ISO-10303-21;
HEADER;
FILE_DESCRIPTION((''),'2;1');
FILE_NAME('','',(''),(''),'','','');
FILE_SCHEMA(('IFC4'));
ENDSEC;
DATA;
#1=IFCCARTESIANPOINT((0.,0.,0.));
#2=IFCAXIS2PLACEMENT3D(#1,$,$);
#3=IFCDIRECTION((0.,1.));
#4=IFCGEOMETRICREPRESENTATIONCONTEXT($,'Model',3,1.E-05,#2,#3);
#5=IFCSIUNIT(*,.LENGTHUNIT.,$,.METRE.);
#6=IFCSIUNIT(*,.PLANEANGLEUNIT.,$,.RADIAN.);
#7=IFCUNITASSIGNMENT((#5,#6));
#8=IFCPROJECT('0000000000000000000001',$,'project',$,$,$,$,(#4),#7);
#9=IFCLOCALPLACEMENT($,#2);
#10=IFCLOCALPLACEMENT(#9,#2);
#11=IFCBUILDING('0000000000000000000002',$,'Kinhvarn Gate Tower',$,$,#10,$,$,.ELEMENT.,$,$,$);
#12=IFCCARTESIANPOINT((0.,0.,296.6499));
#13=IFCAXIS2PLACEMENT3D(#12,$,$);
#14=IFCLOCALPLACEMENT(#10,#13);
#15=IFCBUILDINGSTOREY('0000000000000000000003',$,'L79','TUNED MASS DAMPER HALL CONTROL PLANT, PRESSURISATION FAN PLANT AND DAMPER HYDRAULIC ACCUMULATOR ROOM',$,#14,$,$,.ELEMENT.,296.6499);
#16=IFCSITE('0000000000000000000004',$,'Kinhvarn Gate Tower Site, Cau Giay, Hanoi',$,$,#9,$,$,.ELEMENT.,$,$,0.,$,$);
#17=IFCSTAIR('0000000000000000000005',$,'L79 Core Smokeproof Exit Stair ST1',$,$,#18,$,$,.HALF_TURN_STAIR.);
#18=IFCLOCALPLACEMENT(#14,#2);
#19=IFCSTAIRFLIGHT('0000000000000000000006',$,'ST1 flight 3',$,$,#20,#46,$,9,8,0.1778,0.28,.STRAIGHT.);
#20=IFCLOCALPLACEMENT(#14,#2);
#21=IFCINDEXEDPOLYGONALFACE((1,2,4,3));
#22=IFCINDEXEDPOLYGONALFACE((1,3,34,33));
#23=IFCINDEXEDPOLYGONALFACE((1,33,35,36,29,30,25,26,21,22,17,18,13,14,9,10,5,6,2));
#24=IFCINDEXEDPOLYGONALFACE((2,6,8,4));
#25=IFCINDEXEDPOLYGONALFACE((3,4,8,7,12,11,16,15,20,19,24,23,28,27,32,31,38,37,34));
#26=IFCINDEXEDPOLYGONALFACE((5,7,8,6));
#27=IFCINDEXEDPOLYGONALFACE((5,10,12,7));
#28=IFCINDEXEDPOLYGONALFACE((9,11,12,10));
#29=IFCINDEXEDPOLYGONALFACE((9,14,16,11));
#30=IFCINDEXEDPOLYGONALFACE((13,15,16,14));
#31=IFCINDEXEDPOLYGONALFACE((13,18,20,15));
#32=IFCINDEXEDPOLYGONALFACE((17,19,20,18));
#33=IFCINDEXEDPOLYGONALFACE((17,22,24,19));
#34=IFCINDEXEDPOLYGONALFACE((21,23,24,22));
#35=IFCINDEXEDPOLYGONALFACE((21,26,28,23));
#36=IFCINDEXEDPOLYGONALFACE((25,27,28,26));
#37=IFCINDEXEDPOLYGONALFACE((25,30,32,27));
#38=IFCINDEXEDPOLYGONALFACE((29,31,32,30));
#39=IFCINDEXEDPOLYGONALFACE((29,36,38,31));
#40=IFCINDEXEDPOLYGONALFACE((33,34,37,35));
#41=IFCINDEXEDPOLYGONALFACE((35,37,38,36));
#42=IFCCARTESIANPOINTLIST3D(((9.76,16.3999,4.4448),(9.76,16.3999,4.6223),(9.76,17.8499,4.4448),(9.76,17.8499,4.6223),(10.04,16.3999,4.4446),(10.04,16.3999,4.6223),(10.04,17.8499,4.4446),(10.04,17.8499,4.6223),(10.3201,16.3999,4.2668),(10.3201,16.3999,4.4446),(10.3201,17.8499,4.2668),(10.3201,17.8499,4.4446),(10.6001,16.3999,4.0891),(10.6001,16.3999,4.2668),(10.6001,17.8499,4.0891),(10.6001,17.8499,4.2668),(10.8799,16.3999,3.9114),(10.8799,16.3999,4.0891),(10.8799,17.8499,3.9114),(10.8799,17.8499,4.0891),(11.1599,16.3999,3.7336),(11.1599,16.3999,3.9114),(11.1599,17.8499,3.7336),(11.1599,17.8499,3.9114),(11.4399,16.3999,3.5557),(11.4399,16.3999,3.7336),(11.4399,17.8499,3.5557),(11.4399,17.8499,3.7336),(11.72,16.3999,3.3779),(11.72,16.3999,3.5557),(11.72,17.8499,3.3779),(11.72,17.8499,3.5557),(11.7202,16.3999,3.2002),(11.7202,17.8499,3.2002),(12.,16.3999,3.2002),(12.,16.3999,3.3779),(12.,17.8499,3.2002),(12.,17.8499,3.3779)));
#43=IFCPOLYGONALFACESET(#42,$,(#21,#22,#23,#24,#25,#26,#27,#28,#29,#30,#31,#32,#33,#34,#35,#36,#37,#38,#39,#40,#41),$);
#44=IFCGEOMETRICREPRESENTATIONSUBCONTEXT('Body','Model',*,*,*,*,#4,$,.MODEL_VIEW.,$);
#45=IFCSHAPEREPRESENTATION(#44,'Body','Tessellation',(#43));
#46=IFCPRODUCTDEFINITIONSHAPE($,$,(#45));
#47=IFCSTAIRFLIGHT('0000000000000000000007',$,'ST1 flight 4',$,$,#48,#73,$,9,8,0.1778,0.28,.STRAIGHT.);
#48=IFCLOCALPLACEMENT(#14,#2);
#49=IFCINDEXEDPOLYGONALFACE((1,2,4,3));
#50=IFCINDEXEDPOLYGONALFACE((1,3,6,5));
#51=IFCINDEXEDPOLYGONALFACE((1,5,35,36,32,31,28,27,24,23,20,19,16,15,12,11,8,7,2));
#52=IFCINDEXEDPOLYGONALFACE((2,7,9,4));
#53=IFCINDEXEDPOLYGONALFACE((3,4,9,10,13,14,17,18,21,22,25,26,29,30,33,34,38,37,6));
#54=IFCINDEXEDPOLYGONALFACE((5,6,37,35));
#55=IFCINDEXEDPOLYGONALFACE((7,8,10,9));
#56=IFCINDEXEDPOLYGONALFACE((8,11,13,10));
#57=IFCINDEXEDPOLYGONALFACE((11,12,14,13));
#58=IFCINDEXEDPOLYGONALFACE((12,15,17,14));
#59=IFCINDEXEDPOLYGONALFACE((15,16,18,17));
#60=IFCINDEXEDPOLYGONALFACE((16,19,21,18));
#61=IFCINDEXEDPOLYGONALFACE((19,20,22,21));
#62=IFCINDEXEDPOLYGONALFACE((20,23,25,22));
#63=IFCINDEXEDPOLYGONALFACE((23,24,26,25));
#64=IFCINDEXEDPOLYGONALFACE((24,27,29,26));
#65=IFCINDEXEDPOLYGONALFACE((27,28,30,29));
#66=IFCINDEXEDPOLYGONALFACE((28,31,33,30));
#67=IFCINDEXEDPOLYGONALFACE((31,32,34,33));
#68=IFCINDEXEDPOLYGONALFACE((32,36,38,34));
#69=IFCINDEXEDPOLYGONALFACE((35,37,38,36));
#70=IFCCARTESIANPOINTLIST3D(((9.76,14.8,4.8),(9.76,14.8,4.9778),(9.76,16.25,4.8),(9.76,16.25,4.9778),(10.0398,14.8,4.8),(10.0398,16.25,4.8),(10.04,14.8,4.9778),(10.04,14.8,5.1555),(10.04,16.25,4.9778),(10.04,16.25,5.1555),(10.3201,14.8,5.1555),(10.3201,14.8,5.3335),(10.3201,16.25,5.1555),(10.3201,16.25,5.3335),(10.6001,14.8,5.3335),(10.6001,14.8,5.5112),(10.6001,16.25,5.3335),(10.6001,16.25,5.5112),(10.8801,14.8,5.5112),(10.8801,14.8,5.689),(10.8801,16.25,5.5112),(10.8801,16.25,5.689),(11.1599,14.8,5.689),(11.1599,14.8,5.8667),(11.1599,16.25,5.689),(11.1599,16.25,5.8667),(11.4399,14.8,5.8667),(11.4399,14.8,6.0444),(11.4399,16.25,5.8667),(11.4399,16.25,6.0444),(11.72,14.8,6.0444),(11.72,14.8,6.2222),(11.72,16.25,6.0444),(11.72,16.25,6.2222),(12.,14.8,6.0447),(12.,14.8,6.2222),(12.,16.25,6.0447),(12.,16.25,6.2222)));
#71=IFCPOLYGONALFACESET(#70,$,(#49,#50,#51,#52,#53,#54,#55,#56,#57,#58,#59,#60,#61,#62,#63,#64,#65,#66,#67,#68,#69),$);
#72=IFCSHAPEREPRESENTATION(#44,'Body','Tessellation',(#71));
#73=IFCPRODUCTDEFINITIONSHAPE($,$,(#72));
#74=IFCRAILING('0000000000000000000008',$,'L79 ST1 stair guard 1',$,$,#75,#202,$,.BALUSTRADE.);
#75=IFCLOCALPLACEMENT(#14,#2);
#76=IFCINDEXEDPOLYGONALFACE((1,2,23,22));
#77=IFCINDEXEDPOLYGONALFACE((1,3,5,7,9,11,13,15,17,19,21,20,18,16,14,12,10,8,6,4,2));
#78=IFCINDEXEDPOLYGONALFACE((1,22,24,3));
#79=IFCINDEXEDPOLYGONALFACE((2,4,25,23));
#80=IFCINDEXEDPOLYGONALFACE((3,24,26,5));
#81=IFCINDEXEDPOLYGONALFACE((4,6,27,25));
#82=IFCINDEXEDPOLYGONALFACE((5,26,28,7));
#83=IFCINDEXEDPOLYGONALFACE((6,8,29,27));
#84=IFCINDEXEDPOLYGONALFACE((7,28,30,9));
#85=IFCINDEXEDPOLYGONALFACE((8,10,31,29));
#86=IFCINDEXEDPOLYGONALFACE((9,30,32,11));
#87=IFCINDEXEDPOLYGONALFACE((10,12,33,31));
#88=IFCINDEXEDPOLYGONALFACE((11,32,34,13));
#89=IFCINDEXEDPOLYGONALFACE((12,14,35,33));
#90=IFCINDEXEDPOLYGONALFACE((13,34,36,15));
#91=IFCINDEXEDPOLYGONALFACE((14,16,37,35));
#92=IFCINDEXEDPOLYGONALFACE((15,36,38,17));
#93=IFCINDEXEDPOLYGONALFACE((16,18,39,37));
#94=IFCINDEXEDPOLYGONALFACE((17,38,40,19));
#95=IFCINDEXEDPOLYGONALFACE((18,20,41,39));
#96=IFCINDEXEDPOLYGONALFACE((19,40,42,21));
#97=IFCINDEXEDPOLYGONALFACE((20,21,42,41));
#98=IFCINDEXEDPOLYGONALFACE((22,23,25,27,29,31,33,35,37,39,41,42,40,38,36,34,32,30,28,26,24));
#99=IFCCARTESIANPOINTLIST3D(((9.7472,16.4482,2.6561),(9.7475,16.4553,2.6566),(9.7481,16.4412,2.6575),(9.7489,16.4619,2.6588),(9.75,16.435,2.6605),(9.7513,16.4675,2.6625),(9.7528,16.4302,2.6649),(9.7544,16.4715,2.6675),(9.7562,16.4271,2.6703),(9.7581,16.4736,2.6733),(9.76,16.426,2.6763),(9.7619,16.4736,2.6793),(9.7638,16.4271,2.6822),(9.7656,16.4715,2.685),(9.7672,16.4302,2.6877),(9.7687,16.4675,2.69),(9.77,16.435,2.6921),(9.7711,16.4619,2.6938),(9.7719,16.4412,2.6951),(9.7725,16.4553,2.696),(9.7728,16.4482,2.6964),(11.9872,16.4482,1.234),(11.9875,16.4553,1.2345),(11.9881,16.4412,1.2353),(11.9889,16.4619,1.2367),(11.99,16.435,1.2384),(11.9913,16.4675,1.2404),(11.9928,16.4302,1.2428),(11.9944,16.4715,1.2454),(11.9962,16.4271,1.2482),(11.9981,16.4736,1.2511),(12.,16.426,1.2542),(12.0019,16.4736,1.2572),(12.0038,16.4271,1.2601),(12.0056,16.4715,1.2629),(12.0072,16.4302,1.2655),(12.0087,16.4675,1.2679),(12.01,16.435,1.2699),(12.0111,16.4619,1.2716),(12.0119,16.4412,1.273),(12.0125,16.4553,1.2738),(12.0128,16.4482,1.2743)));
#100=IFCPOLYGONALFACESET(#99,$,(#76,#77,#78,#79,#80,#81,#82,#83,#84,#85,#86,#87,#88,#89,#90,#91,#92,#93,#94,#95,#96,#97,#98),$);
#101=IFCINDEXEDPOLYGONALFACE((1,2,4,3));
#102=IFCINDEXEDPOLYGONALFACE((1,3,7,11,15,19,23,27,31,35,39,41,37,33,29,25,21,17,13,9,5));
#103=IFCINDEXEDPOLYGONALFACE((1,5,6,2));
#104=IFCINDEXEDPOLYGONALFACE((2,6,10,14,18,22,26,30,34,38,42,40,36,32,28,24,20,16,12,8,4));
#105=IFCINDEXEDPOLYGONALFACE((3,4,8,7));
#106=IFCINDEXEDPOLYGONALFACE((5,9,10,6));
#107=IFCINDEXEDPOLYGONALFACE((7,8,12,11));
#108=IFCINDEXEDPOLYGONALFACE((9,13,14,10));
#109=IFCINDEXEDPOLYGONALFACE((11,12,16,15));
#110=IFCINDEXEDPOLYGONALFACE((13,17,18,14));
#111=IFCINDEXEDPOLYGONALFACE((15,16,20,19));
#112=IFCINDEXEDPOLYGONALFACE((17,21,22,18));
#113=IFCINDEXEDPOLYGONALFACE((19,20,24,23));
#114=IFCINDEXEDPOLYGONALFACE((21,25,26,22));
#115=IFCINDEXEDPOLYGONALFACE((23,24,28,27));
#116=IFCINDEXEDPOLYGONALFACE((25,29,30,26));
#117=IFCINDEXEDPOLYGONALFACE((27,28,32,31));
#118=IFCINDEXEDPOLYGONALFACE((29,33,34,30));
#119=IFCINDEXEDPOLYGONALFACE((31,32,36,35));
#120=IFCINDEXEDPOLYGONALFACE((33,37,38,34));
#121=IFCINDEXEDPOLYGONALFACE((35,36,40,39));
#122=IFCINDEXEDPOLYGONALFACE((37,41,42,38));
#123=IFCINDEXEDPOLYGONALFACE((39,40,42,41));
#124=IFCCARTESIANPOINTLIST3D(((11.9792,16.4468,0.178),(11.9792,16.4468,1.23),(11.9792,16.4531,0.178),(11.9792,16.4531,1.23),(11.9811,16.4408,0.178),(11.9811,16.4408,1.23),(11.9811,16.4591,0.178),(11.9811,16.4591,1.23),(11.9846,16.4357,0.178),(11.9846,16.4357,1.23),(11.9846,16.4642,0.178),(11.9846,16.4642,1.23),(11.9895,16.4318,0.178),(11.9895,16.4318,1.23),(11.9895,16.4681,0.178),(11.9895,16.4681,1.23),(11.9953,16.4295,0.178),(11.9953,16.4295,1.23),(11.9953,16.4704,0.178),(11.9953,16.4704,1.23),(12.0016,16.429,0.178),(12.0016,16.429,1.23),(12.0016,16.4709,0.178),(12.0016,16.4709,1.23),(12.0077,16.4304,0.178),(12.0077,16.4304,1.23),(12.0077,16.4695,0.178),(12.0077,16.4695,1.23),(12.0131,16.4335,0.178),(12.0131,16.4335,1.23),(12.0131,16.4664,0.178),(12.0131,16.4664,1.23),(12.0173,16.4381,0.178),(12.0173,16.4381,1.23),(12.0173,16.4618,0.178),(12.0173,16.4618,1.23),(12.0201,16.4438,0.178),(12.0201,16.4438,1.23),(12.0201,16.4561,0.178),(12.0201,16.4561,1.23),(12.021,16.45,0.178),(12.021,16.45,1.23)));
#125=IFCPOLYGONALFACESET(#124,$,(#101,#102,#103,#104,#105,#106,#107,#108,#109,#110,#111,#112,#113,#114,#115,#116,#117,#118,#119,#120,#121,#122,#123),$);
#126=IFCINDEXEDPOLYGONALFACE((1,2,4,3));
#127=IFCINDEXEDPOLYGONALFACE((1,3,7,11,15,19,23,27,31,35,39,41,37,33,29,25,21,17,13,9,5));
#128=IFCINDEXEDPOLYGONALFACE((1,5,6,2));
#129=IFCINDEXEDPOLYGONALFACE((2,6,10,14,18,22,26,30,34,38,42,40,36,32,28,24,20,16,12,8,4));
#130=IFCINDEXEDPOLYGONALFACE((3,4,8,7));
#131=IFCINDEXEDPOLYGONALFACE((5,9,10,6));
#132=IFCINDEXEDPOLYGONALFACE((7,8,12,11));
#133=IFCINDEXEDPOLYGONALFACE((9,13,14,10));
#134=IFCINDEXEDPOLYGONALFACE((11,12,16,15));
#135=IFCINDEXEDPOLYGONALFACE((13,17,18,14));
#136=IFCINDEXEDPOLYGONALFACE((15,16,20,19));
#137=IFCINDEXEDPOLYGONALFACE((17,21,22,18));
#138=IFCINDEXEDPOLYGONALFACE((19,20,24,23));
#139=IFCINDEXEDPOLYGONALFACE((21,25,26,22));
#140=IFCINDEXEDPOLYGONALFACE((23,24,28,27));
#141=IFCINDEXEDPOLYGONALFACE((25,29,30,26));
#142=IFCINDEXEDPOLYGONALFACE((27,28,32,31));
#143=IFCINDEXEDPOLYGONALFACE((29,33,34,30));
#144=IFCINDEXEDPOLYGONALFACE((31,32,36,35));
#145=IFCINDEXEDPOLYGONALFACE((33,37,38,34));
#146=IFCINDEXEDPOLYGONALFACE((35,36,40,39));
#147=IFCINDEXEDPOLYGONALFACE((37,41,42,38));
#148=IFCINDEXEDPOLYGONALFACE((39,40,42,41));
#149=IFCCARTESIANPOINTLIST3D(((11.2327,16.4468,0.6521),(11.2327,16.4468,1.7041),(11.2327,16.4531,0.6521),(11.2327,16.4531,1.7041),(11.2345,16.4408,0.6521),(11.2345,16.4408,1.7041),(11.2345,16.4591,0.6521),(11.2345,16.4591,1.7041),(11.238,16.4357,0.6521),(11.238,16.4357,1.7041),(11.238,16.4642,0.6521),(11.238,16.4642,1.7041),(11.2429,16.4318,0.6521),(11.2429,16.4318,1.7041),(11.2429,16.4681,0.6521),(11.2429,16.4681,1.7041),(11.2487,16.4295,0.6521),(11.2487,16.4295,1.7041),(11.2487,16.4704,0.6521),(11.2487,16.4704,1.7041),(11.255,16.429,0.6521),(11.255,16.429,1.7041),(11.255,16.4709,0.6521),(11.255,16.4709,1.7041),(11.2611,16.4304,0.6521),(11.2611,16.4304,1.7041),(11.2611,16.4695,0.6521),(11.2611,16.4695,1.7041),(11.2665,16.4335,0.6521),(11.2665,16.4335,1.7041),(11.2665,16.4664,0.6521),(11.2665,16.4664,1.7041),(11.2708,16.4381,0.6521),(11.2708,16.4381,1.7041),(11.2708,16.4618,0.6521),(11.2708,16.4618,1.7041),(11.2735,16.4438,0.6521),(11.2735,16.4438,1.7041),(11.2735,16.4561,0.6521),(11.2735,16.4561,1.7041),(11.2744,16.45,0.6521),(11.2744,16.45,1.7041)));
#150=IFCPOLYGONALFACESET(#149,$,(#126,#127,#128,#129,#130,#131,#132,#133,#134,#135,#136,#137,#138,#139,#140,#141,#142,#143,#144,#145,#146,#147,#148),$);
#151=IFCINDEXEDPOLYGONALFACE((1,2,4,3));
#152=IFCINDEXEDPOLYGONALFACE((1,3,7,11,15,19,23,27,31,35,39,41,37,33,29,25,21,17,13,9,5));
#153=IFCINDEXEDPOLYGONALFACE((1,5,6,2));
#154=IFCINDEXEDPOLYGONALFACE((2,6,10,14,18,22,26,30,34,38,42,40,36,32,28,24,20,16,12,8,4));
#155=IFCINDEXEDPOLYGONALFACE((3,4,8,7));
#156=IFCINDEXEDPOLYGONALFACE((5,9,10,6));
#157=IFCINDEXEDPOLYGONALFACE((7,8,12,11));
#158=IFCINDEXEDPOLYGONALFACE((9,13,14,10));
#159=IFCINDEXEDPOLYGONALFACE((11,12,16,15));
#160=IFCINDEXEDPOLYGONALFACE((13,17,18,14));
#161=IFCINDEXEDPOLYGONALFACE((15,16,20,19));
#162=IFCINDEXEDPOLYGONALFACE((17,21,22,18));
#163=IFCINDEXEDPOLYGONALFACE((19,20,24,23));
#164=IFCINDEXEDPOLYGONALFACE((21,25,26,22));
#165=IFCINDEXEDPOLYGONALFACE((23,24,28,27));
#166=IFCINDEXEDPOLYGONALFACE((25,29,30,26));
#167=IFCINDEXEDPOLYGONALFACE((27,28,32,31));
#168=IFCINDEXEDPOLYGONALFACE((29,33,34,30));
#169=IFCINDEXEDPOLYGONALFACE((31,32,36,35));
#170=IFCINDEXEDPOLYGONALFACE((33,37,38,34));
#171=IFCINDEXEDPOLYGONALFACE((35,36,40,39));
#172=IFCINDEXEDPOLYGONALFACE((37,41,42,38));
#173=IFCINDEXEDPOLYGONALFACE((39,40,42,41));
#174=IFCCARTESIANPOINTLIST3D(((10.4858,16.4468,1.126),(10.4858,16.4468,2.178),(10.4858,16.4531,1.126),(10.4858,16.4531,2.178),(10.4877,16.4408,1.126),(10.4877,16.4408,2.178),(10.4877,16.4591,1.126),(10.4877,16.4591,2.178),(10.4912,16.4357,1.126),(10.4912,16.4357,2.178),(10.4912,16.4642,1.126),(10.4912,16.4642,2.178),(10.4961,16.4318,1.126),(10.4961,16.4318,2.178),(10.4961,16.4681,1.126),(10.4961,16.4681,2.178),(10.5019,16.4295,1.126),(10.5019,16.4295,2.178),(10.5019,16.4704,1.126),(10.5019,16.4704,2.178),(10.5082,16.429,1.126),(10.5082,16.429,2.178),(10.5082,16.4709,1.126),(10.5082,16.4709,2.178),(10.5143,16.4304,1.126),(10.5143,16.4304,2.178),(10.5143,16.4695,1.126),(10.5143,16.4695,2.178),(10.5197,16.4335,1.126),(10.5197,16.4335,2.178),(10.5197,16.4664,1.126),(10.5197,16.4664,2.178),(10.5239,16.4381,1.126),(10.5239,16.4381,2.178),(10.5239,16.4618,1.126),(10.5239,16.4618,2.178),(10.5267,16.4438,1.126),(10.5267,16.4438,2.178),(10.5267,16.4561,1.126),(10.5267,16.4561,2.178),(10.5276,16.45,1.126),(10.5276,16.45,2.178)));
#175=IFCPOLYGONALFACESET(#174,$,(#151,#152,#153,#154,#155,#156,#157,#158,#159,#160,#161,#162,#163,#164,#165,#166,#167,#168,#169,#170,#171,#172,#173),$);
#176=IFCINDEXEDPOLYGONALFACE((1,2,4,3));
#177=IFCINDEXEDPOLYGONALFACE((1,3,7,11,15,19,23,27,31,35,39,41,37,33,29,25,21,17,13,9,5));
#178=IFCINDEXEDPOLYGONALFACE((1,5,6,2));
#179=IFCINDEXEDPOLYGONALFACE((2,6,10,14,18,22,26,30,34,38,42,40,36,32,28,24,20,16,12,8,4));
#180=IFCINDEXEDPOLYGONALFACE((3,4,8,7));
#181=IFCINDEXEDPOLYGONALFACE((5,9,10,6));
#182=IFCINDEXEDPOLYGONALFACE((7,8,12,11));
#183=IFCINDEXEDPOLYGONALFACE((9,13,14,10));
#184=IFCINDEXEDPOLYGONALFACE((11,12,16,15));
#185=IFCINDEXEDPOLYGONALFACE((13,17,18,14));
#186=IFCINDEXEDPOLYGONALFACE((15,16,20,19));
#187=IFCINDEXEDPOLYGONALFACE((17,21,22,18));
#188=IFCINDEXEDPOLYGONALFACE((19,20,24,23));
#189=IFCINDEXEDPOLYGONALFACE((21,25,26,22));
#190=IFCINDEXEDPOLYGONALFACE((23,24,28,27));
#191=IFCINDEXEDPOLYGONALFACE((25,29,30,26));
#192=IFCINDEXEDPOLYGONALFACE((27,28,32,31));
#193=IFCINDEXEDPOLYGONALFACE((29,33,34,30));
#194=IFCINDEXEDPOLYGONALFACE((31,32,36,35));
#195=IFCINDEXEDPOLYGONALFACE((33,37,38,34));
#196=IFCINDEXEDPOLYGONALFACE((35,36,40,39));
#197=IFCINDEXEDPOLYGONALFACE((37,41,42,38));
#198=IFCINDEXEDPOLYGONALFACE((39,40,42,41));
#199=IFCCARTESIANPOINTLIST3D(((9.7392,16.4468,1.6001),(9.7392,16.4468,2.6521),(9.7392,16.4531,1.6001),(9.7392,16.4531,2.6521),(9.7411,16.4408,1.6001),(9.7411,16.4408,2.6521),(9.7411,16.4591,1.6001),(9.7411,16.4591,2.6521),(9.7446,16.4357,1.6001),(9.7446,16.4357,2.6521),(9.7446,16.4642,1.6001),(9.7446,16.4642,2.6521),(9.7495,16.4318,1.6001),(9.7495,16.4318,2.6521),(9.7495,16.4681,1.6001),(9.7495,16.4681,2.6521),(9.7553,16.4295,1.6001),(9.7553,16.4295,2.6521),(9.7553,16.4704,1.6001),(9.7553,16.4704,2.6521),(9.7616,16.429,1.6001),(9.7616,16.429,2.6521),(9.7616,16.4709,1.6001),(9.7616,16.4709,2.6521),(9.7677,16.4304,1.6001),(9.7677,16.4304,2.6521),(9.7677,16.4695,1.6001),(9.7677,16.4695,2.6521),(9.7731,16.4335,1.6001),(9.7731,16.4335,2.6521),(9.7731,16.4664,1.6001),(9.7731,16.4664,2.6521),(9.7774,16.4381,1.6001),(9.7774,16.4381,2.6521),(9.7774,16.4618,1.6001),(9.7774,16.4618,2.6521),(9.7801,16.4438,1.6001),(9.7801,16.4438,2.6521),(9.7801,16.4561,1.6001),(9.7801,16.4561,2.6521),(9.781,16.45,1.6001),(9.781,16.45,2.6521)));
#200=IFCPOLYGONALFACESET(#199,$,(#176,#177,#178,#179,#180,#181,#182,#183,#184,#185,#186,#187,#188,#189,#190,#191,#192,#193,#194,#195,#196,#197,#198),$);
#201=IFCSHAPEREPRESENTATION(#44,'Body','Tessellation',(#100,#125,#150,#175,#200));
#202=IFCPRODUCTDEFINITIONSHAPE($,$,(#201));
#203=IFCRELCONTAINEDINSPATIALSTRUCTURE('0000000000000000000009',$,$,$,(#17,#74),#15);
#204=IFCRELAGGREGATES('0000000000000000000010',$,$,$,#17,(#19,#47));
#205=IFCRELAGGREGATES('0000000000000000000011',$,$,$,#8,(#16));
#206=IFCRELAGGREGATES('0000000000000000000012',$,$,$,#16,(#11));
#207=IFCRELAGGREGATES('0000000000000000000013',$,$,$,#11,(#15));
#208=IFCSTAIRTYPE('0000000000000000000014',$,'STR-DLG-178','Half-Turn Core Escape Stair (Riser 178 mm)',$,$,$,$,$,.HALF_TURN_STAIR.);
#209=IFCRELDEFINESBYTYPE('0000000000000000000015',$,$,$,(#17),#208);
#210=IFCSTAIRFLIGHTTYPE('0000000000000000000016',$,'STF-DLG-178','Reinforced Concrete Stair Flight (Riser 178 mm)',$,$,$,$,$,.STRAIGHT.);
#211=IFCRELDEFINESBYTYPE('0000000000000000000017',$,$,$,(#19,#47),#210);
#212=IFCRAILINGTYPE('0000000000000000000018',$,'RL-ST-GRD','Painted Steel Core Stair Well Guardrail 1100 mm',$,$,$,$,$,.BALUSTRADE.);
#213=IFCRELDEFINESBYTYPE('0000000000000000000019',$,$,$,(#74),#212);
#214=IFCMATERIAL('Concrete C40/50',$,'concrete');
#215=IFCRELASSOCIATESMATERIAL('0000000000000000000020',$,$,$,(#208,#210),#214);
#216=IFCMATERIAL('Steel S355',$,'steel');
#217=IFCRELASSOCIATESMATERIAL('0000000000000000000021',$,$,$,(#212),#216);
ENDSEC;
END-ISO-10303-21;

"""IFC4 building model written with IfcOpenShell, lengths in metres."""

from ifc_helpers import new_model, si_unit, direction, frame, origin, origin_2d, place, context, subcontext, project, spatial, polyline, circle, outline, extrude, material, type_object, element, aggregate, save


model = new_model("IFC4")

# Units and contexts
model_context = context("Model", 3, precision=1e-05, world=origin(), true_north=direction((0.0, 1.0)))
body_context = subcontext(model_context, "Body", "Model", "MODEL_VIEW")
ifc_project = project(units=[si_unit("LENGTHUNIT", "METRE"), si_unit("PLANEANGLEUNIT", "RADIAN")], contexts=[model_context])

# Site, building, storey
site_placement = place(None, origin())
site = spatial("IfcSite", under=ifc_project, at=site_placement, Name="Kinhvarn Gate Tower Site, Cau Giay, Hanoi", CompositionType="ELEMENT", RefElevation=0.0)
building_placement = place(site_placement, origin())
building = spatial("IfcBuilding", under=site, at=building_placement, Name="Kinhvarn Gate Tower", CompositionType="ELEMENT")
storey_placement = place(building_placement, frame((0.0, 0.0, 296.6499)))
storey = spatial("IfcBuildingStorey", under=building, at=storey_placement, Name="L79", Description="TUNED MASS DAMPER HALL CONTROL PLANT, PRESSURISATION FAN PLANT AND DAMPER HYDRAULIC ACCUMULATOR ROOM", CompositionType="ELEMENT", Elevation=296.6499)

# Shared definitions
ifc_material_1 = material(Name="Steel S355", Category="steel")

# Shared definitions
ifc_material_2 = material(Name="Concrete C40/50", Category="concrete")

# Stair, stair flights
stair_type = type_object("IfcStairType", Name="STR-DLG-178", Description="Half-Turn Core Escape Stair (Riser 178 mm)", PredefinedType="HALF_TURN_STAIR", material=ifc_material_2)
stair_placement = place(storey_placement, origin())
stair = element("IfcStair", 1, at=stair_placement, inside=storey, type_object=stair_type, Name="L79 Core Smokeproof Exit Stair ST1", PredefinedType="HALF_TURN_STAIR")
stair_flight_type = type_object("IfcStairFlightType", Name="STF-DLG-178", Description="Reinforced Concrete Stair Flight (Riser 178 mm)", PredefinedType="STRAIGHT", material=ifc_material_2)
stair_flight_1_placement = place(storey_placement, frame((12.0, 17.125, 3.2002), z_axis=(0.0, 0.0, 1.0), x_axis=(-1.0, 0.0, 0.0)))
stair_flight_1 = element("IfcStairFlight", 2, at=stair_flight_1_placement, type_object=stair_flight_type, Name="ST1 flight 3", NumberOfRisers=9, NumberOfTreads=8, PredefinedType="STRAIGHT", RiserHeight=0.1778, TreadLength=0.28, context=body_context, shape_type="SweptSolid", body=[
    extrude(outline(polyline([(0.0, 0.0), (0.0, 0.1777), (0.28, 0.1777), (0.28, 0.3555), (0.5601, 0.3555), (0.5601, 0.5334), (0.8401, 0.5334), (0.8401, 0.7112), (1.1201, 0.7112), (1.1201, 0.8889), (1.3999, 0.8889), (1.3999, 1.0667), (1.6799, 1.0667), (1.6799, 1.2444), (1.96, 1.2444), (1.96, 1.4221), (2.24, 1.4221), (2.24, 1.6001), (2.24, 1.2446), (0.2798, 0.0), (0.0, 0.0)])), frame((0.0, 0.7251, 0.0), z_axis=(0.0, -1.0, 0.0), x_axis=(1.0, 0.0, 0.0)), (0.0, 0.0, 1.0), 1.45),
])
stair_flight_2_placement = place(storey_placement, frame((9.76, 15.5249, 4.8), z_axis=(0.0, 0.0, 1.0), x_axis=(1.0, 0.0, 0.0)))
stair_flight_2 = element("IfcStairFlight", 3, at=stair_flight_2_placement, type_object=stair_flight_type, Name="ST1 flight 4", NumberOfRisers=9, NumberOfTreads=8, PredefinedType="STRAIGHT", RiserHeight=0.1778, TreadLength=0.28, context=body_context, shape_type="SweptSolid", body=[
    extrude(outline(polyline([(0.0, 0.0), (0.0, 0.1777), (0.28, 0.1777), (0.28, 0.3555), (0.5601, 0.3555), (0.5601, 0.5334), (0.8401, 0.5334), (0.8401, 0.7112), (1.1201, 0.7112), (1.1201, 0.8889), (1.3999, 0.8889), (1.3999, 1.0667), (1.6799, 1.0667), (1.6799, 1.2444), (1.96, 1.2444), (1.96, 1.4221), (2.24, 1.4221), (2.24, 1.6001), (2.24, 1.2446), (0.2798, 0.0), (0.0, 0.0)])), frame((0.0, 0.7251, 0.0), z_axis=(0.0, -1.0, 0.0), x_axis=(1.0, 0.0, 0.0)), (0.0, 0.0, 1.0), 1.45),
])
aggregate(stair, [stair_flight_1, stair_flight_2])

# Railing
railing_type_1 = type_object("IfcRailingType", Name="RL-ST-GRD", Description="Painted Steel Core Stair Well Guardrail 1100 mm", PredefinedType="BALUSTRADE", material=ifc_material_1)
railing_1_placement = place(storey_placement, frame((12.0, 16.45, 0.178)))
element("IfcRailing", 4, at=railing_1_placement, inside=storey, type_object=railing_type_1, Name="L79 ST1 stair guard 1", PredefinedType="BALUSTRADE", context=body_context, shape_type="SweptSolid", body=[
    extrude(circle(Radius=0.0239, at=origin_2d()), frame((0.0, 0.0, 1.0762), z_axis=(-0.844229, 0.0, 0.535982), x_axis=(0.0, -1.0, 0.0)), (0.0, 0.0, 1.0), 2.6533),
    extrude(circle(Radius=0.021, at=origin_2d()), origin(), (0.0, 0.0, 1.0), 1.052),
    extrude(circle(Radius=0.021, at=origin_2d()), frame((-0.7466, 0.0, 0.4741)), (0.0, 0.0, 1.0), 1.052),
    extrude(circle(Radius=0.021, at=origin_2d()), frame((-1.4934, 0.0, 0.948)), (0.0, 0.0, 1.0), 1.052),
    extrude(circle(Radius=0.021, at=origin_2d()), frame((-2.24, 0.0, 1.4221)), (0.0, 0.0, 1.0), 1.052),
])

save(model, "model.ifc")
